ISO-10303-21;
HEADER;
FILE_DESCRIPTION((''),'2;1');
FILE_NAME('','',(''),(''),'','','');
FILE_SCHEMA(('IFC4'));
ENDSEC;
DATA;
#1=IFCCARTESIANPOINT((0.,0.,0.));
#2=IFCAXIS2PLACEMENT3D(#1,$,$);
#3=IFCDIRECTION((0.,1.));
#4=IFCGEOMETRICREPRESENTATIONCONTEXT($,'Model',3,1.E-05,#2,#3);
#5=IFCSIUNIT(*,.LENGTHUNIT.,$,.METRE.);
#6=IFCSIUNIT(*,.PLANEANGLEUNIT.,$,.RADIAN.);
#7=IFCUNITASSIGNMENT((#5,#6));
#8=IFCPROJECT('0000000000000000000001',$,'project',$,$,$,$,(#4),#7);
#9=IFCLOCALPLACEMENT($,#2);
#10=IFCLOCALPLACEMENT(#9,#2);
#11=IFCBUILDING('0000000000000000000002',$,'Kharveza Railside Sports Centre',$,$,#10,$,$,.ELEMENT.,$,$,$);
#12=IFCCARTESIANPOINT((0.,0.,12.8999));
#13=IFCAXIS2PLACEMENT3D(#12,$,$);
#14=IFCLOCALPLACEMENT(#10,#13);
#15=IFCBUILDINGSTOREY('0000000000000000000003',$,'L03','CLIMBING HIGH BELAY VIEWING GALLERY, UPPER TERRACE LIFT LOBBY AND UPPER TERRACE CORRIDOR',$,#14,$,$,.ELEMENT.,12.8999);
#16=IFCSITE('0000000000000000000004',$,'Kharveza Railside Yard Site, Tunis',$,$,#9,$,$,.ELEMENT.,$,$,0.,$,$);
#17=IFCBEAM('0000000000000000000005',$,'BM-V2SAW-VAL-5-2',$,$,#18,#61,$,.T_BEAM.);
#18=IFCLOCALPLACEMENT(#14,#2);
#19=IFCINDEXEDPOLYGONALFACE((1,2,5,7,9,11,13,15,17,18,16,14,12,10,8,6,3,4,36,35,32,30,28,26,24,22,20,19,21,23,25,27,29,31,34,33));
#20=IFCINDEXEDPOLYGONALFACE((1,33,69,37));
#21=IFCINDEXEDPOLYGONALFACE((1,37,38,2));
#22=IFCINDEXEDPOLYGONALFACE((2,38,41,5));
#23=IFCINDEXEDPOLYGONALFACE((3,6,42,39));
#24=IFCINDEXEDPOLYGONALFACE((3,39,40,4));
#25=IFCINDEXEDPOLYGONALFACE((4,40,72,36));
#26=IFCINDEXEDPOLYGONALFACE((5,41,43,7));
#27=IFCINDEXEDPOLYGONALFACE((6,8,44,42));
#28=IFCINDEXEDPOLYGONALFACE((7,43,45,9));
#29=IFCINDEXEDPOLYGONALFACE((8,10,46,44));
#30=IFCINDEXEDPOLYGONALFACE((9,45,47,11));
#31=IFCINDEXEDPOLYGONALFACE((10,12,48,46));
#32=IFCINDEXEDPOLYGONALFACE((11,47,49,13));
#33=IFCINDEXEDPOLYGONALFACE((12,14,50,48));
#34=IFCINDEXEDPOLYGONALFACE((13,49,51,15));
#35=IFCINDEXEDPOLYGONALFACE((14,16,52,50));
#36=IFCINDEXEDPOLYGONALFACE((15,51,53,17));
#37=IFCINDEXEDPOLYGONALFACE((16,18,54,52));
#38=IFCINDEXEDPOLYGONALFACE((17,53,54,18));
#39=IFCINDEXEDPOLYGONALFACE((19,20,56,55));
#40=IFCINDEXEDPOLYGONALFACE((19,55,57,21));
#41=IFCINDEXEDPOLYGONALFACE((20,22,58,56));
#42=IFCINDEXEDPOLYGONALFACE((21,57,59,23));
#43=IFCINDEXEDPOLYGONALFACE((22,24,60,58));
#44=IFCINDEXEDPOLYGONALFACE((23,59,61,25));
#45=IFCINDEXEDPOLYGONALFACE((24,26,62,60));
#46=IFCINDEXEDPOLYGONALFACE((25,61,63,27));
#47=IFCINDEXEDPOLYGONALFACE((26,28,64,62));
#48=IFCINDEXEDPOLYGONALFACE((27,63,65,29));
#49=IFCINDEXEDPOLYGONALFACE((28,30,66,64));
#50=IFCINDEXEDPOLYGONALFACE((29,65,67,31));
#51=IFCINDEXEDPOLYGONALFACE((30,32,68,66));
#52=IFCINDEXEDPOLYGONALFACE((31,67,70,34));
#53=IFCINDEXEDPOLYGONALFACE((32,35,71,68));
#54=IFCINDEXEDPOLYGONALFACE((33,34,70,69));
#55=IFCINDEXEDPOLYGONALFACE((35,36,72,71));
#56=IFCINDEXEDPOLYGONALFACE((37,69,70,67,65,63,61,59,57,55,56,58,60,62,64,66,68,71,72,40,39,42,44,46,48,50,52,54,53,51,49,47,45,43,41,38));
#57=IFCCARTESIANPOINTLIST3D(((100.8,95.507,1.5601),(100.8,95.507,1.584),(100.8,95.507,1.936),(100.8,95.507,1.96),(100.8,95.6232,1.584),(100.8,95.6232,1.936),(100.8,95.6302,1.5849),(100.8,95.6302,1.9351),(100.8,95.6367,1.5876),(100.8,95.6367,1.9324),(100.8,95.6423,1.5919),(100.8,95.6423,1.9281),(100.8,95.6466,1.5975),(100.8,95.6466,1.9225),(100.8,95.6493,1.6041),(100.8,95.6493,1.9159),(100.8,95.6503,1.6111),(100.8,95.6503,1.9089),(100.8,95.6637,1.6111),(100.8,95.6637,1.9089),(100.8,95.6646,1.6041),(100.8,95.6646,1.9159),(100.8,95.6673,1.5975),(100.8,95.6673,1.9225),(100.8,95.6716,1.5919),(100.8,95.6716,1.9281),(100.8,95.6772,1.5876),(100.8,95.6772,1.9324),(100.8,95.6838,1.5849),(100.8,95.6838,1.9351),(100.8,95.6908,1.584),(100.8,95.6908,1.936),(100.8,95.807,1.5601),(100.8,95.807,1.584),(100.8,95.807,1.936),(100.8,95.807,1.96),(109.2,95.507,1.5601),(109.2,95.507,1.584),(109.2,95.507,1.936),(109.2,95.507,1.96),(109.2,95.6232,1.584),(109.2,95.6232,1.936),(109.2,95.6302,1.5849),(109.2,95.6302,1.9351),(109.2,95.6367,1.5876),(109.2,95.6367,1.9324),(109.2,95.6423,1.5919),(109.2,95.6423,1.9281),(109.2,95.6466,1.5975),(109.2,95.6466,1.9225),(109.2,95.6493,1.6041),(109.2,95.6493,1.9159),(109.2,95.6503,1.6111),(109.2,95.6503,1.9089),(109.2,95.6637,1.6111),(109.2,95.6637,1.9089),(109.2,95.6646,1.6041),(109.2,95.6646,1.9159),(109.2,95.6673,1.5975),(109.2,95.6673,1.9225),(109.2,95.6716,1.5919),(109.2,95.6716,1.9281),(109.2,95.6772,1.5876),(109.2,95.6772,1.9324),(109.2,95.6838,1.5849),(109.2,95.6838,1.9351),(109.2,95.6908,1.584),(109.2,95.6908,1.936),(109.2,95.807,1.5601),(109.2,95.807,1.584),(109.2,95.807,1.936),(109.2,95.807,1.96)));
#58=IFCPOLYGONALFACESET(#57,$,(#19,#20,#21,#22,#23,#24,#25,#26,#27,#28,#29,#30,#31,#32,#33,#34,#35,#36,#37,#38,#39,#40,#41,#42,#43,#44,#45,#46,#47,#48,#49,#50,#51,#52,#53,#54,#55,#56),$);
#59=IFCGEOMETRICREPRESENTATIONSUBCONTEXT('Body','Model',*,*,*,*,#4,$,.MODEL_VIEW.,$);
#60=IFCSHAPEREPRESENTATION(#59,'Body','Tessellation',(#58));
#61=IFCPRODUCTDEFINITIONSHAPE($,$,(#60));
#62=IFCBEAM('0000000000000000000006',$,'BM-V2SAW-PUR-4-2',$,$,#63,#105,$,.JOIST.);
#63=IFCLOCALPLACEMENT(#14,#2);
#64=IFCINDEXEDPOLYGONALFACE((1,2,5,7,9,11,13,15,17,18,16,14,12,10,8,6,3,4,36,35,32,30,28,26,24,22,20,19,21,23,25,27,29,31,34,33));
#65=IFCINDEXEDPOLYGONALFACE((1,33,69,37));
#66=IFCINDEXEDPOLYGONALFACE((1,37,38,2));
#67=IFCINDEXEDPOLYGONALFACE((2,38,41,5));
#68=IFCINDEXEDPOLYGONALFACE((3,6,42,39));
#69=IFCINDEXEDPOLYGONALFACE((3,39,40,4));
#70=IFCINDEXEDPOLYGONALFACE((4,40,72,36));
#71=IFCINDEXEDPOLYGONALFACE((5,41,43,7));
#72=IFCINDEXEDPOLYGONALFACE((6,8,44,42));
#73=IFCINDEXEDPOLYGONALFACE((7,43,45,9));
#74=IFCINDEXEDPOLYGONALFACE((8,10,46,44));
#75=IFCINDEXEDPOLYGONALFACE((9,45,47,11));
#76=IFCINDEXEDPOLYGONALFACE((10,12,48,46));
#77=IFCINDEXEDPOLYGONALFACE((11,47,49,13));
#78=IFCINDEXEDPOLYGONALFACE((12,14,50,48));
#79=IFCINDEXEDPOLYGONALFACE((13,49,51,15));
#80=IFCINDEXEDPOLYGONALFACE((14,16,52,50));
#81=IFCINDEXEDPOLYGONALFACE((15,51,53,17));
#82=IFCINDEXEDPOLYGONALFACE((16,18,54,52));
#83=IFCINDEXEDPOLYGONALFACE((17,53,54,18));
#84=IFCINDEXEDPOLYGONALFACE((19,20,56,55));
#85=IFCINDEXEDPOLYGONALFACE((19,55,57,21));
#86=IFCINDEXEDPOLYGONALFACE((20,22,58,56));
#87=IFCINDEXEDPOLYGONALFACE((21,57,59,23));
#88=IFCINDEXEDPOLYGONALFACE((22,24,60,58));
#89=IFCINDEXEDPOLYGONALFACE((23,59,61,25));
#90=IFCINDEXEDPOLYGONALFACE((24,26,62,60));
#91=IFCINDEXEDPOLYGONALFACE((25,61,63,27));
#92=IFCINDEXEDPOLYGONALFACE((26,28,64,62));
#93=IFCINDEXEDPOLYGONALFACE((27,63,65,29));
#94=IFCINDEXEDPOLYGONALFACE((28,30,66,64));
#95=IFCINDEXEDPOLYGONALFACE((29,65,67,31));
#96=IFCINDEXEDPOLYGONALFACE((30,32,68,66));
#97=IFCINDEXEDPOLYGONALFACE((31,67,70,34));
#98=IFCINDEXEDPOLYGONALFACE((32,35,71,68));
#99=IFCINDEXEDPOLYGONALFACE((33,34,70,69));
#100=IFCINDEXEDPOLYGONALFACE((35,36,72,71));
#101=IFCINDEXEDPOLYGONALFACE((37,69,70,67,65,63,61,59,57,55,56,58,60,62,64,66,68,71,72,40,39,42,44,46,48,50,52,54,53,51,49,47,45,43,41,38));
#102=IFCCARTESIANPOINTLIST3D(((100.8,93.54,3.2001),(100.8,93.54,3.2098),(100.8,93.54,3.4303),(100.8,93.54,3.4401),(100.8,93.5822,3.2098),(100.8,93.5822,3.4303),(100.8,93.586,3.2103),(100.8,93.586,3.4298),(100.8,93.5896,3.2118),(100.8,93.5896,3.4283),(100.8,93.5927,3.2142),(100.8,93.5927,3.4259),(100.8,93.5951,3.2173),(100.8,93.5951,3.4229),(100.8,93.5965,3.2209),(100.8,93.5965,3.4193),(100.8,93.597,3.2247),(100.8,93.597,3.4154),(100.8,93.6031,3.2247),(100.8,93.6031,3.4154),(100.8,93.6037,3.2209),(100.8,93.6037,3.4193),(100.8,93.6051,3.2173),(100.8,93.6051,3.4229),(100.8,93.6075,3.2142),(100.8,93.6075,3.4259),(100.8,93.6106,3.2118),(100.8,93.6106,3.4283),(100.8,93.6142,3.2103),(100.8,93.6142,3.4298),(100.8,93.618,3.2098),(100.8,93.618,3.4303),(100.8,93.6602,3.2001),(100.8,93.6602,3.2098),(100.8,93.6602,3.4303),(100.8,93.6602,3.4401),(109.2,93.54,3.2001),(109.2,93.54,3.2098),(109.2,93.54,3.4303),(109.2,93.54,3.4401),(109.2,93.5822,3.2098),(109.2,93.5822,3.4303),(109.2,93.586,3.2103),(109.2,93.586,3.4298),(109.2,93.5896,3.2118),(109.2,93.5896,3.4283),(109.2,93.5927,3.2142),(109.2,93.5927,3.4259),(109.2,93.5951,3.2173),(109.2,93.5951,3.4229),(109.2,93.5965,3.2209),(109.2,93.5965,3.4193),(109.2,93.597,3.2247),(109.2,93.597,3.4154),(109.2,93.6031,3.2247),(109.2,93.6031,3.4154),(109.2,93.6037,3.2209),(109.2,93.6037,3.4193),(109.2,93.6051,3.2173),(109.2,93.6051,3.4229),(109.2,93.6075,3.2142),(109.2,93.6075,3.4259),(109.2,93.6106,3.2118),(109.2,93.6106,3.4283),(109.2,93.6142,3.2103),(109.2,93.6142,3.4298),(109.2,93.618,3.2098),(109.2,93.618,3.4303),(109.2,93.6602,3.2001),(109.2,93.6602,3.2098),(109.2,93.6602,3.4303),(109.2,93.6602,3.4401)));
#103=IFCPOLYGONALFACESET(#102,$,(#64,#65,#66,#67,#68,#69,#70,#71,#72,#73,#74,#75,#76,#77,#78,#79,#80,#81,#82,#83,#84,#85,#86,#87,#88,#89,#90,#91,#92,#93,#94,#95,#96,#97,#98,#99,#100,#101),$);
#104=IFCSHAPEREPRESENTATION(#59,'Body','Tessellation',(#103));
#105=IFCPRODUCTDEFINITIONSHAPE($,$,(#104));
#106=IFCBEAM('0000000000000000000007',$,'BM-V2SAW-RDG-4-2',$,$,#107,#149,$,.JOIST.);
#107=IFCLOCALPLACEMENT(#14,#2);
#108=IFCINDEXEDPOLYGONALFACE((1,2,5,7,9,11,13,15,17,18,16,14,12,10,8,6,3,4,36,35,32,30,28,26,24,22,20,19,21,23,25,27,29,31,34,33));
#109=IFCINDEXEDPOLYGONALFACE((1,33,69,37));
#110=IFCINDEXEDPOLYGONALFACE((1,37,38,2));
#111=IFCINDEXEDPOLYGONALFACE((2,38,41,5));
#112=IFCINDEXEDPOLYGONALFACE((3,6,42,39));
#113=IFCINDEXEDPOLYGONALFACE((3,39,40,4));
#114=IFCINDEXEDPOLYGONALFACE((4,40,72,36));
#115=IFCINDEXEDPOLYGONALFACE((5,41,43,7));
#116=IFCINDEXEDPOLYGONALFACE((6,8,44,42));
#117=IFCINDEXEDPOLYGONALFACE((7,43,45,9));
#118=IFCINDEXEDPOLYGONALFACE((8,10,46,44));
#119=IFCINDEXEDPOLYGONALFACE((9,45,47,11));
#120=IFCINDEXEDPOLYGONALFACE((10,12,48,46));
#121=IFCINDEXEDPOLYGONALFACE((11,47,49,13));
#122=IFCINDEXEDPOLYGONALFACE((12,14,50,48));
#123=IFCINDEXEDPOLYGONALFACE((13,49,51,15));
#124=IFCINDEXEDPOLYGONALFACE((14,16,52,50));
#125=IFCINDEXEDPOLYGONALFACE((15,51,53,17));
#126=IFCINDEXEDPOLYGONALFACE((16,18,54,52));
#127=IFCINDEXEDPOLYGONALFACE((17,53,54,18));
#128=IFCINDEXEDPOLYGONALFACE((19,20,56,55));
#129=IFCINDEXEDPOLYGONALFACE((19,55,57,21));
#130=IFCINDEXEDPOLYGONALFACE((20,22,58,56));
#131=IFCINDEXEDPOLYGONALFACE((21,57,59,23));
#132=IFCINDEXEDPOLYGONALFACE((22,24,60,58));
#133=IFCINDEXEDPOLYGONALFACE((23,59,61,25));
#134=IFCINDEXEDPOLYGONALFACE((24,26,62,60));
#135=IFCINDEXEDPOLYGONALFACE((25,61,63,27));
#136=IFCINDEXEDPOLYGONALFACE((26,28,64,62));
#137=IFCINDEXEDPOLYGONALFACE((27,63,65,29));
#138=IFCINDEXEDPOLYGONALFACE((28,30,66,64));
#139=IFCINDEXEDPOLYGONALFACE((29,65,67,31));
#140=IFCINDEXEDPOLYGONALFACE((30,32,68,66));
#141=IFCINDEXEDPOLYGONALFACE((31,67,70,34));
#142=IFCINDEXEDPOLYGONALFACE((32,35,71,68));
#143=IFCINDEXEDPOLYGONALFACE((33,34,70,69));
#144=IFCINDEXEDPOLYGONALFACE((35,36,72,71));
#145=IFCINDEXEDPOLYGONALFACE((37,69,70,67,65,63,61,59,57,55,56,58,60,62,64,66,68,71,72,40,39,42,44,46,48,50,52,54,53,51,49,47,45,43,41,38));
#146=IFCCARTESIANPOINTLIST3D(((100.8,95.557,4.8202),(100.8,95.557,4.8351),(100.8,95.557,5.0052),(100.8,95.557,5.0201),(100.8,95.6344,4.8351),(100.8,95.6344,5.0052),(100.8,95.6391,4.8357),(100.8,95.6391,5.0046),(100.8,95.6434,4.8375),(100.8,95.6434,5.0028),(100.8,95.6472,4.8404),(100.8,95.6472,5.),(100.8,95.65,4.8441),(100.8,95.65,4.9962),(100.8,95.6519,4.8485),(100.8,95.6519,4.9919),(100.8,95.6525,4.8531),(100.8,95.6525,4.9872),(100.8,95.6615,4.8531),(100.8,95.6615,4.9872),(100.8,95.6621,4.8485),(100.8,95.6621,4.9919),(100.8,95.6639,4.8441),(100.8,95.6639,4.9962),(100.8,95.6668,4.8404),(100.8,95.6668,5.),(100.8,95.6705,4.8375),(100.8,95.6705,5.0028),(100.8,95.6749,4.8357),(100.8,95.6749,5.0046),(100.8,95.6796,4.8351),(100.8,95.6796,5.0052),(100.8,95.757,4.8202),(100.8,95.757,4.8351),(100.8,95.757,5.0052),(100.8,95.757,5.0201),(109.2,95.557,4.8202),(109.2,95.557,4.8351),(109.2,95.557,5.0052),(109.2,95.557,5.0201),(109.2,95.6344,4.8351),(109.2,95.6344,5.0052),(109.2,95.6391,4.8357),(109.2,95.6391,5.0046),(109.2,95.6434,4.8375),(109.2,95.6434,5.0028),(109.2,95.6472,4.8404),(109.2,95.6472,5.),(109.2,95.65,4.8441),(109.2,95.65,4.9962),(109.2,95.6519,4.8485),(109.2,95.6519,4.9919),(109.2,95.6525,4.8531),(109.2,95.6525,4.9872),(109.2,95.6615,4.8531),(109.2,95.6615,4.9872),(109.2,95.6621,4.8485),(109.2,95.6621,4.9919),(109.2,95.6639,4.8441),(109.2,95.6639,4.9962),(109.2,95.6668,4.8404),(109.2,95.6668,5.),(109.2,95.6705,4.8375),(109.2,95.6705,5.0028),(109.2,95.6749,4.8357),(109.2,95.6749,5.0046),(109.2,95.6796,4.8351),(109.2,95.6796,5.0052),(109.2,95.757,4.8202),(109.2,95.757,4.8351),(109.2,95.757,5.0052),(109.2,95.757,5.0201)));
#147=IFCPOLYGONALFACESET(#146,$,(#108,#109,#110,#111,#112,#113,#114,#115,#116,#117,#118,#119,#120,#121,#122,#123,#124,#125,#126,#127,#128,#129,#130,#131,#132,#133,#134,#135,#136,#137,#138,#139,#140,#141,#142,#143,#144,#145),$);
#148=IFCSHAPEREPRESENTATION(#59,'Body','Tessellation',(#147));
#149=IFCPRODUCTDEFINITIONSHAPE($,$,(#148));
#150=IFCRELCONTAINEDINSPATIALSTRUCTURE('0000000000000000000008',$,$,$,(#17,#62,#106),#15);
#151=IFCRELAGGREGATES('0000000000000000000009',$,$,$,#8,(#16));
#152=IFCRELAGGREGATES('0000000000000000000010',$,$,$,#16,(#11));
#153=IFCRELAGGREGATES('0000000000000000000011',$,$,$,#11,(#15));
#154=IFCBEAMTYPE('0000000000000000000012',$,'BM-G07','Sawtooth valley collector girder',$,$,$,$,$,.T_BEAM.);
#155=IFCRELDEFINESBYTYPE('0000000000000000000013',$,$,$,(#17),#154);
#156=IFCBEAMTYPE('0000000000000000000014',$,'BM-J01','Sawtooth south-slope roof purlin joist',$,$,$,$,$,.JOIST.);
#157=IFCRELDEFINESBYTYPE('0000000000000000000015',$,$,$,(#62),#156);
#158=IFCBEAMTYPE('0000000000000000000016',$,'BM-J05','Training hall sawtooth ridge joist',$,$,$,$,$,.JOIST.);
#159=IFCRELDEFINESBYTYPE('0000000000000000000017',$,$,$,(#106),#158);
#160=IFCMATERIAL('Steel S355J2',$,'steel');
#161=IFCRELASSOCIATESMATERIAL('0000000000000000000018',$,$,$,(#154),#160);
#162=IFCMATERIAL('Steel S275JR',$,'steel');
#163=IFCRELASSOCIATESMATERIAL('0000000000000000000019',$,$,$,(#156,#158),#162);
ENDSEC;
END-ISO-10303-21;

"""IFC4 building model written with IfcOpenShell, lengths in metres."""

from ifc_helpers import new_model, si_unit, direction, frame, origin, origin_2d, place, context, subcontext, project, spatial, i_section, extrude, material, material_profile, profile_set, type_object, element, save


model = new_model("IFC4")

# Units and contexts
model_context = context("Model", 3, precision=1e-05, world=origin(), true_north=direction((0.0, 1.0)))
body_context = subcontext(model_context, "Body", "Model", "MODEL_VIEW")
ifc_project = project(units=[si_unit("LENGTHUNIT", "METRE"), si_unit("PLANEANGLEUNIT", "RADIAN")], contexts=[model_context])

# Site, building, storey
site_placement = place(None, origin())
site = spatial("IfcSite", under=ifc_project, at=site_placement, Name="Kharveza Railside Yard Site, Tunis", CompositionType="ELEMENT", RefElevation=0.0)
building_placement = place(site_placement, origin())
building = spatial("IfcBuilding", under=site, at=building_placement, Name="Kharveza Railside Sports Centre", CompositionType="ELEMENT")
storey_placement = place(building_placement, frame((0.0, 0.0, 12.8999)))
storey = spatial("IfcBuildingStorey", under=building, at=storey_placement, Name="L03", Description="CLIMBING HIGH BELAY VIEWING GALLERY, UPPER TERRACE LIFT LOBBY AND UPPER TERRACE CORRIDOR", CompositionType="ELEMENT", Elevation=12.8999)

# Beams
ifc_material_1 = material(Name="Steel S355J2", Category="steel")
ifc_material_profile_1 = material_profile(ifc_material_1, i_section(OverallWidth=0.3, OverallDepth=0.3999, WebThickness=0.0134, FlangeThickness=0.0239, FilletRadius=0.0271, at=origin_2d()), Name="HEB 400")
ifc_profile_set_1 = profile_set([ifc_material_profile_1], Name="Steel S355J2")
beam_type_1 = type_object("IfcBeamType", Name="BM-G07", Description="Sawtooth valley collector girder", PredefinedType="T_BEAM", material=ifc_profile_set_1)
beam_1_placement = place(storey_placement, frame((100.8, 95.657, 1.76), z_axis=(1.0, 0.0, 0.0), x_axis=(0.0, 1.0, 0.0)))
element("IfcBeam", 1, at=beam_1_placement, inside=storey, type_object=beam_type_1, Name="BM-V2SAW-VAL-5-2", PredefinedType="T_BEAM", context=body_context, shape_type="SweptSolid", body=[
    extrude(i_section(OverallWidth=0.3, OverallDepth=0.3999, WebThickness=0.0134, FlangeThickness=0.0239, FilletRadius=0.0271, at=origin_2d()), origin(), (0.0, 0.0, 1.0), 8.3999),
])
ifc_material_2 = material(Name="Steel S275JR", Category="steel")
ifc_material_profile_2 = material_profile(ifc_material_2, i_section(OverallWidth=0.1201, OverallDepth=0.24, WebThickness=0.0061, FlangeThickness=0.0098, FilletRadius=0.0149, at=origin_2d()), Name="IPE 240")
ifc_profile_set_2 = profile_set([ifc_material_profile_2], Name="Steel S275JR")
beam_type_2 = type_object("IfcBeamType", Name="BM-J01", Description="Sawtooth south-slope roof purlin joist", PredefinedType="JOIST", material=ifc_profile_set_2)
beam_2_placement = place(storey_placement, frame((100.8, 93.6001, 3.3201), z_axis=(1.0, 0.0, 0.0), x_axis=(0.0, 1.0, 0.0)))
element("IfcBeam", 2, at=beam_2_placement, inside=storey, type_object=beam_type_2, Name="BM-V2SAW-PUR-4-2", PredefinedType="JOIST", context=body_context, shape_type="SweptSolid", body=[
    extrude(i_section(OverallWidth=0.1201, OverallDepth=0.24, WebThickness=0.0061, FlangeThickness=0.0098, FilletRadius=0.0149, at=origin_2d()), origin(), (0.0, 0.0, 1.0), 8.3999),
])
ifc_material_profile_3 = material_profile(ifc_material_2, i_section(OverallWidth=0.2, OverallDepth=0.2, WebThickness=0.009, FlangeThickness=0.0149, FilletRadius=0.0181, at=origin_2d()), Name="HEB 200")
ifc_profile_set_3 = profile_set([ifc_material_profile_3], Name="Steel S275JR")
beam_type_3 = type_object("IfcBeamType", Name="BM-J05", Description="Training hall sawtooth ridge joist", PredefinedType="JOIST", material=ifc_profile_set_3)
beam_3_placement = place(storey_placement, frame((100.8, 95.657, 4.9202), z_axis=(1.0, 0.0, 0.0), x_axis=(0.0, 1.0, 0.0)))
element("IfcBeam", 3, at=beam_3_placement, inside=storey, type_object=beam_type_3, Name="BM-V2SAW-RDG-4-2", PredefinedType="JOIST", context=body_context, shape_type="SweptSolid", body=[
    extrude(i_section(OverallWidth=0.2, OverallDepth=0.2, WebThickness=0.009, FlangeThickness=0.0149, FilletRadius=0.0181, at=origin_2d()), origin(), (0.0, 0.0, 1.0), 8.3999),
])

save(model, "model.ifc")
